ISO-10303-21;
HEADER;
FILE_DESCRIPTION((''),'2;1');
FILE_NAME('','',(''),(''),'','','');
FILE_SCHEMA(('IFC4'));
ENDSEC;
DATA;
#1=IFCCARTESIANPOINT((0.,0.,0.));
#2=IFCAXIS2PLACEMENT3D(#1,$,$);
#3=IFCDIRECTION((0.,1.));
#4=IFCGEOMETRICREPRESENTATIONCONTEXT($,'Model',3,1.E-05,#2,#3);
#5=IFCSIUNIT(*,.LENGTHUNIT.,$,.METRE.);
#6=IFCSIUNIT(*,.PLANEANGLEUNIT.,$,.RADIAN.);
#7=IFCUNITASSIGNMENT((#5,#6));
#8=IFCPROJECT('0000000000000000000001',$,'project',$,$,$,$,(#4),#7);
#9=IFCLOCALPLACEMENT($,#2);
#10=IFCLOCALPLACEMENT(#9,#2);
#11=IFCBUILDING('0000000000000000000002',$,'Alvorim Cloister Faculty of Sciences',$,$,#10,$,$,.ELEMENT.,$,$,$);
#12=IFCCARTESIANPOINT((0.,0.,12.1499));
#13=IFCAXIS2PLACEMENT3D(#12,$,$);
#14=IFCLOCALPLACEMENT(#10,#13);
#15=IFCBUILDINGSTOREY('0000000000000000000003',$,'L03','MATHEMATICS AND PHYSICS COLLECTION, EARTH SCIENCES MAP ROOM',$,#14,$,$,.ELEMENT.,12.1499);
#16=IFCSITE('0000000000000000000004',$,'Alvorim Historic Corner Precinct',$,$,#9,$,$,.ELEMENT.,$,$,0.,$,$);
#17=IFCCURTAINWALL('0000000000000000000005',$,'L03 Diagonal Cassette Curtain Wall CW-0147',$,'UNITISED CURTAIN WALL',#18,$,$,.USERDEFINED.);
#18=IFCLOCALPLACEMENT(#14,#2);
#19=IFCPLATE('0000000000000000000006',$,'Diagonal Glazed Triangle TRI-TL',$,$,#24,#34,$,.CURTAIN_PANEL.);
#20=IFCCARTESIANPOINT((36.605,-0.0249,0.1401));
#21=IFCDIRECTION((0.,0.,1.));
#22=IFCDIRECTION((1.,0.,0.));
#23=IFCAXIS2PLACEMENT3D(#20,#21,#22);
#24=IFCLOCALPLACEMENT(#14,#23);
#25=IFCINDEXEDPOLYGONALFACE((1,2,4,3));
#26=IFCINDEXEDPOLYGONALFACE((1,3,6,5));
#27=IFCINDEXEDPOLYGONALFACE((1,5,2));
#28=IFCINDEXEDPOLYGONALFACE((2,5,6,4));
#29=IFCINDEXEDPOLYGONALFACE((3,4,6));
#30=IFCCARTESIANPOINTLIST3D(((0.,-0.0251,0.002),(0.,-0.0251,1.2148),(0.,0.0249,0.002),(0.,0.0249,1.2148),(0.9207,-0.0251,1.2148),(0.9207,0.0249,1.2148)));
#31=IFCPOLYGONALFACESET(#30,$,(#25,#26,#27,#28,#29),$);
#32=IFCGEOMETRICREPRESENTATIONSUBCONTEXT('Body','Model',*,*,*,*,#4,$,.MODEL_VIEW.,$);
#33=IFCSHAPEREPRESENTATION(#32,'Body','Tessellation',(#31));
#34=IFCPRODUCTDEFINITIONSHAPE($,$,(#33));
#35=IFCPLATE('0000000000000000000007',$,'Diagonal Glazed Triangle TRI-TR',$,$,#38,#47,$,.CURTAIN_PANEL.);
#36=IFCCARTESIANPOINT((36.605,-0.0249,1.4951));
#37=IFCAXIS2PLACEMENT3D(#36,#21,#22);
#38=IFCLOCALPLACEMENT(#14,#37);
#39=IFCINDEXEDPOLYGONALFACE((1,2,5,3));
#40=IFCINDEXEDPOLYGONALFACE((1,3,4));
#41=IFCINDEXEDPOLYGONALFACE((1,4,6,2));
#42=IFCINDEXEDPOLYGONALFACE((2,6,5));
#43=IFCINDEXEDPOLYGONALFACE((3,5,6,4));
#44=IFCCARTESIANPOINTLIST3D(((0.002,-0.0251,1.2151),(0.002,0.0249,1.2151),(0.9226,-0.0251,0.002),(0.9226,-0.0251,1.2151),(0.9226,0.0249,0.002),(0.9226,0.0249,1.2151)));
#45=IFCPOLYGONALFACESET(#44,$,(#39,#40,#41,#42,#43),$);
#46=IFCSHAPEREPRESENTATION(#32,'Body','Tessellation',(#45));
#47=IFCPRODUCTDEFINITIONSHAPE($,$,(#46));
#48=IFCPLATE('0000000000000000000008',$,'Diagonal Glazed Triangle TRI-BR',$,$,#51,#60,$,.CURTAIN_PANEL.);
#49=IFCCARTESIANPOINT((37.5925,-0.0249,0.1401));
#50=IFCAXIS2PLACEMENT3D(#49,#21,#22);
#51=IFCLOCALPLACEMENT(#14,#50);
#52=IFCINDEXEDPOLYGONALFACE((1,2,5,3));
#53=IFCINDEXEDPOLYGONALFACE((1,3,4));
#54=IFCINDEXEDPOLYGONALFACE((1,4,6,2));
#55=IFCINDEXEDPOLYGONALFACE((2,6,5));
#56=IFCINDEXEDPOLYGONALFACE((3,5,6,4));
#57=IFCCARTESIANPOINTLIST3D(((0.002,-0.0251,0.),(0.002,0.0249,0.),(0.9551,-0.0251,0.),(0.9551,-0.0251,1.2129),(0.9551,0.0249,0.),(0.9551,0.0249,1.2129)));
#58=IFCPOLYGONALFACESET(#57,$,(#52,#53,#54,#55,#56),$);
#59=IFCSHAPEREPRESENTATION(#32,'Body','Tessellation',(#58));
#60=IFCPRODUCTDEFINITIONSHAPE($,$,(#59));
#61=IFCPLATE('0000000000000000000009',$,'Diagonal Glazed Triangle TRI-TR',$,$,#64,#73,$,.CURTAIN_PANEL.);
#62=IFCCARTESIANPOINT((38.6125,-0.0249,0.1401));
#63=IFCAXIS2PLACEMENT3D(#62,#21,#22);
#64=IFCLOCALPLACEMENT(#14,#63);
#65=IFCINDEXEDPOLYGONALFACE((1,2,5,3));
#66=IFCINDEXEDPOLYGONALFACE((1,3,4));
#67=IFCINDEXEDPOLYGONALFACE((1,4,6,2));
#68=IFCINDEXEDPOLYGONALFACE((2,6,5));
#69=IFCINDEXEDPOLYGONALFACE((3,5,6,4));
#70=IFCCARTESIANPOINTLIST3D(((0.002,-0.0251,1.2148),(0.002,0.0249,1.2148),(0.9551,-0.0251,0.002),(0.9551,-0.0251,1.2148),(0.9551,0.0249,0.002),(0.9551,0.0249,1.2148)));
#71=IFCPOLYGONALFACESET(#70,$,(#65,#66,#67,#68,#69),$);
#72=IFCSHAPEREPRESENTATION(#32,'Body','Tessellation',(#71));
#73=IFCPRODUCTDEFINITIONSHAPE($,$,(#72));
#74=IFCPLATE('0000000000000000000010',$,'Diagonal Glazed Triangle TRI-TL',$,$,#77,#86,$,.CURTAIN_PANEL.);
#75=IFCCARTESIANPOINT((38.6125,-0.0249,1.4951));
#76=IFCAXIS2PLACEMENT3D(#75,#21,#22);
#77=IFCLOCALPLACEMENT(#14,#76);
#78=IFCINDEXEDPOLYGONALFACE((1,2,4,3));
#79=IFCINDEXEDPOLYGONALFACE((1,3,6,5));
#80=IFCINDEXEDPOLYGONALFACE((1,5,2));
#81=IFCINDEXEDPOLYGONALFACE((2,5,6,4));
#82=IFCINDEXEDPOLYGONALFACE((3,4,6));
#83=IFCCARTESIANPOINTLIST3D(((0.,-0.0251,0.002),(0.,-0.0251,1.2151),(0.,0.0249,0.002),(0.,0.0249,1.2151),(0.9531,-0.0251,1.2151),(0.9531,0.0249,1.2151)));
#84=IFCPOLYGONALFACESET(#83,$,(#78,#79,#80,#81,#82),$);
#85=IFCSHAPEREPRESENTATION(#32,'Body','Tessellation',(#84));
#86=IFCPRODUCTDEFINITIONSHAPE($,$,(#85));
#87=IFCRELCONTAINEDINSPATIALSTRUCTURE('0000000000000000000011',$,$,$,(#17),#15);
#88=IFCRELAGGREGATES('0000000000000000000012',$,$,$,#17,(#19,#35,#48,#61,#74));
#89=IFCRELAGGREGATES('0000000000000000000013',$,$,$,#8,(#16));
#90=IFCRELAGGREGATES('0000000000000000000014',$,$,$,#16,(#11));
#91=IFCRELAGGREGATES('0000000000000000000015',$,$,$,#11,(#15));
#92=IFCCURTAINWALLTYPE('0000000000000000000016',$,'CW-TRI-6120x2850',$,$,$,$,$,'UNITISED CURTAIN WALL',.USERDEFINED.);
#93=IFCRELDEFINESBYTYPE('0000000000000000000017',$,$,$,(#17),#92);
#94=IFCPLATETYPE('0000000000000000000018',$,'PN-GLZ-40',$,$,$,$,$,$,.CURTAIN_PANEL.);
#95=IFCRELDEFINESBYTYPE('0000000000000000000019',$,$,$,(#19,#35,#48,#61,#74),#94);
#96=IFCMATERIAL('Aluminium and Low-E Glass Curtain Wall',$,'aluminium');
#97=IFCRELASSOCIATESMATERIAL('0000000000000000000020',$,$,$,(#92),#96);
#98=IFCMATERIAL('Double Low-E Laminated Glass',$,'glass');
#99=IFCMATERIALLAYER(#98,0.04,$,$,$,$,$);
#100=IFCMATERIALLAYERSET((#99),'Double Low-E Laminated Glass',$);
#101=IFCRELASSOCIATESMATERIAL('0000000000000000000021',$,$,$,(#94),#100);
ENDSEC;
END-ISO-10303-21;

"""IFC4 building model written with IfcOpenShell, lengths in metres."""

from ifc_helpers import new_model, si_unit, direction, frame, origin, place, context, subcontext, project, spatial, polyline, outline, extrude, material, layer, layer_set, type_object, element, aggregate, save


model = new_model("IFC4")

# Units and contexts
model_context = context("Model", 3, precision=1e-05, world=origin(), true_north=direction((0.0, 1.0)))
body_context = subcontext(model_context, "Body", "Model", "MODEL_VIEW")
ifc_project = project(units=[si_unit("LENGTHUNIT", "METRE"), si_unit("PLANEANGLEUNIT", "RADIAN")], contexts=[model_context])

# Site, building, storey
site_placement = place(None, origin())
site = spatial("IfcSite", under=ifc_project, at=site_placement, Name="Alvorim Historic Corner Precinct", CompositionType="ELEMENT", RefElevation=0.0)
building_placement = place(site_placement, origin())
building = spatial("IfcBuilding", under=site, at=building_placement, Name="Alvorim Cloister Faculty of Sciences", CompositionType="ELEMENT")
storey_placement = place(building_placement, frame((0.0, 0.0, 12.1499)))
storey = spatial("IfcBuildingStorey", under=building, at=storey_placement, Name="L03", Description="MATHEMATICS AND PHYSICS COLLECTION, EARTH SCIENCES MAP ROOM", CompositionType="ELEMENT", Elevation=12.1499)

# Curtain wall, plates
ifc_material_1 = material(Name="Aluminium and Low-E Glass Curtain Wall", Category="aluminium")
curtain_wall_type = type_object("IfcCurtainWallType", Name="CW-TRI-6120x2850", ElementType="UNITISED CURTAIN WALL", PredefinedType="USERDEFINED", material=ifc_material_1)
curtain_wall_placement = place(storey_placement, origin())
curtain_wall = element("IfcCurtainWall", 1, at=curtain_wall_placement, inside=storey, type_object=curtain_wall_type, Name="L03 Diagonal Cassette Curtain Wall CW-0147", ObjectType="UNITISED CURTAIN WALL", PredefinedType="USERDEFINED")
ifc_material_2 = material(Name="Double Low-E Laminated Glass", Category="glass")
ifc_layer_1 = layer(ifc_material_2, 0.04)
ifc_layer_set_1 = layer_set([ifc_layer_1], Name="Double Low-E Laminated Glass")
plate_type = type_object("IfcPlateType", Name="PN-GLZ-40", PredefinedType="CURTAIN_PANEL", material=ifc_layer_set_1)
plate_1_placement = place(storey_placement, frame((36.605, -0.0249, 0.1401), z_axis=(0.0, 0.0, 1.0), x_axis=(1.0, 0.0, 0.0)))
plate_1 = element("IfcPlate", 2, at=plate_1_placement, type_object=plate_type, Name="Diagonal Glazed Triangle TRI-TL", PredefinedType="CURTAIN_PANEL", context=body_context, shape_type="SweptSolid", body=[
    extrude(outline(polyline([(0.9207, 1.2148), (0.0, 1.2148), (0.0, 0.002), (0.9207, 1.2148)])), frame((0.0, 0.0249, 0.0), z_axis=(0.0, -1.0, 0.0), x_axis=(1.0, 0.0, 0.0)), (0.0, 0.0, 1.0), 0.05),
])
plate_2_placement = place(storey_placement, frame((36.605, -0.0249, 1.4951), z_axis=(0.0, 0.0, 1.0), x_axis=(1.0, 0.0, 0.0)))
plate_2 = element("IfcPlate", 3, at=plate_2_placement, type_object=plate_type, Name="Diagonal Glazed Triangle TRI-TR", PredefinedType="CURTAIN_PANEL", context=body_context, shape_type="SweptSolid", body=[
    extrude(outline(polyline([(0.9226, 0.002), (0.9226, 1.2151), (0.002, 1.2151), (0.9226, 0.002)])), frame((0.0, 0.0249, 0.0), z_axis=(0.0, -1.0, 0.0), x_axis=(1.0, 0.0, 0.0)), (0.0, 0.0, 1.0), 0.05),
])
plate_3_placement = place(storey_placement, frame((37.5925, -0.0249, 0.1401), z_axis=(0.0, 0.0, 1.0), x_axis=(1.0, 0.0, 0.0)))
plate_3 = element("IfcPlate", 4, at=plate_3_placement, type_object=plate_type, Name="Diagonal Glazed Triangle TRI-BR", PredefinedType="CURTAIN_PANEL", context=body_context, shape_type="SweptSolid", body=[
    extrude(outline(polyline([(0.002, 0.0), (0.9551, 0.0), (0.9551, 1.2129), (0.002, 0.0)])), frame((0.0, 0.0249, 0.0), z_axis=(0.0, -1.0, 0.0), x_axis=(1.0, 0.0, 0.0)), (0.0, 0.0, 1.0), 0.05),
])
plate_4_placement = place(storey_placement, frame((38.6125, -0.0249, 0.1401), z_axis=(0.0, 0.0, 1.0), x_axis=(1.0, 0.0, 0.0)))
plate_4 = element("IfcPlate", 5, at=plate_4_placement, type_object=plate_type, Name="Diagonal Glazed Triangle TRI-TR", PredefinedType="CURTAIN_PANEL", context=body_context, shape_type="SweptSolid", body=[
    extrude(outline(polyline([(0.9551, 0.002), (0.9551, 1.2148), (0.002, 1.2148), (0.9551, 0.002)])), frame((0.0, 0.0249, 0.0), z_axis=(0.0, -1.0, 0.0), x_axis=(1.0, 0.0, 0.0)), (0.0, 0.0, 1.0), 0.05),
])
plate_5_placement = place(storey_placement, frame((38.6125, -0.0249, 1.4951), z_axis=(0.0, 0.0, 1.0), x_axis=(1.0, 0.0, 0.0)))
plate_5 = element("IfcPlate", 6, at=plate_5_placement, type_object=plate_type, Name="Diagonal Glazed Triangle TRI-TL", PredefinedType="CURTAIN_PANEL", context=body_context, shape_type="SweptSolid", body=[
    extrude(outline(polyline([(0.9531, 1.2151), (0.0, 1.2151), (0.0, 0.002), (0.9531, 1.2151)])), frame((0.0, 0.0249, 0.0), z_axis=(0.0, -1.0, 0.0), x_axis=(1.0, 0.0, 0.0)), (0.0, 0.0, 1.0), 0.05),
])
aggregate(curtain_wall, [plate_1, plate_2, plate_3, plate_4, plate_5])

save(model, "model.ifc")
